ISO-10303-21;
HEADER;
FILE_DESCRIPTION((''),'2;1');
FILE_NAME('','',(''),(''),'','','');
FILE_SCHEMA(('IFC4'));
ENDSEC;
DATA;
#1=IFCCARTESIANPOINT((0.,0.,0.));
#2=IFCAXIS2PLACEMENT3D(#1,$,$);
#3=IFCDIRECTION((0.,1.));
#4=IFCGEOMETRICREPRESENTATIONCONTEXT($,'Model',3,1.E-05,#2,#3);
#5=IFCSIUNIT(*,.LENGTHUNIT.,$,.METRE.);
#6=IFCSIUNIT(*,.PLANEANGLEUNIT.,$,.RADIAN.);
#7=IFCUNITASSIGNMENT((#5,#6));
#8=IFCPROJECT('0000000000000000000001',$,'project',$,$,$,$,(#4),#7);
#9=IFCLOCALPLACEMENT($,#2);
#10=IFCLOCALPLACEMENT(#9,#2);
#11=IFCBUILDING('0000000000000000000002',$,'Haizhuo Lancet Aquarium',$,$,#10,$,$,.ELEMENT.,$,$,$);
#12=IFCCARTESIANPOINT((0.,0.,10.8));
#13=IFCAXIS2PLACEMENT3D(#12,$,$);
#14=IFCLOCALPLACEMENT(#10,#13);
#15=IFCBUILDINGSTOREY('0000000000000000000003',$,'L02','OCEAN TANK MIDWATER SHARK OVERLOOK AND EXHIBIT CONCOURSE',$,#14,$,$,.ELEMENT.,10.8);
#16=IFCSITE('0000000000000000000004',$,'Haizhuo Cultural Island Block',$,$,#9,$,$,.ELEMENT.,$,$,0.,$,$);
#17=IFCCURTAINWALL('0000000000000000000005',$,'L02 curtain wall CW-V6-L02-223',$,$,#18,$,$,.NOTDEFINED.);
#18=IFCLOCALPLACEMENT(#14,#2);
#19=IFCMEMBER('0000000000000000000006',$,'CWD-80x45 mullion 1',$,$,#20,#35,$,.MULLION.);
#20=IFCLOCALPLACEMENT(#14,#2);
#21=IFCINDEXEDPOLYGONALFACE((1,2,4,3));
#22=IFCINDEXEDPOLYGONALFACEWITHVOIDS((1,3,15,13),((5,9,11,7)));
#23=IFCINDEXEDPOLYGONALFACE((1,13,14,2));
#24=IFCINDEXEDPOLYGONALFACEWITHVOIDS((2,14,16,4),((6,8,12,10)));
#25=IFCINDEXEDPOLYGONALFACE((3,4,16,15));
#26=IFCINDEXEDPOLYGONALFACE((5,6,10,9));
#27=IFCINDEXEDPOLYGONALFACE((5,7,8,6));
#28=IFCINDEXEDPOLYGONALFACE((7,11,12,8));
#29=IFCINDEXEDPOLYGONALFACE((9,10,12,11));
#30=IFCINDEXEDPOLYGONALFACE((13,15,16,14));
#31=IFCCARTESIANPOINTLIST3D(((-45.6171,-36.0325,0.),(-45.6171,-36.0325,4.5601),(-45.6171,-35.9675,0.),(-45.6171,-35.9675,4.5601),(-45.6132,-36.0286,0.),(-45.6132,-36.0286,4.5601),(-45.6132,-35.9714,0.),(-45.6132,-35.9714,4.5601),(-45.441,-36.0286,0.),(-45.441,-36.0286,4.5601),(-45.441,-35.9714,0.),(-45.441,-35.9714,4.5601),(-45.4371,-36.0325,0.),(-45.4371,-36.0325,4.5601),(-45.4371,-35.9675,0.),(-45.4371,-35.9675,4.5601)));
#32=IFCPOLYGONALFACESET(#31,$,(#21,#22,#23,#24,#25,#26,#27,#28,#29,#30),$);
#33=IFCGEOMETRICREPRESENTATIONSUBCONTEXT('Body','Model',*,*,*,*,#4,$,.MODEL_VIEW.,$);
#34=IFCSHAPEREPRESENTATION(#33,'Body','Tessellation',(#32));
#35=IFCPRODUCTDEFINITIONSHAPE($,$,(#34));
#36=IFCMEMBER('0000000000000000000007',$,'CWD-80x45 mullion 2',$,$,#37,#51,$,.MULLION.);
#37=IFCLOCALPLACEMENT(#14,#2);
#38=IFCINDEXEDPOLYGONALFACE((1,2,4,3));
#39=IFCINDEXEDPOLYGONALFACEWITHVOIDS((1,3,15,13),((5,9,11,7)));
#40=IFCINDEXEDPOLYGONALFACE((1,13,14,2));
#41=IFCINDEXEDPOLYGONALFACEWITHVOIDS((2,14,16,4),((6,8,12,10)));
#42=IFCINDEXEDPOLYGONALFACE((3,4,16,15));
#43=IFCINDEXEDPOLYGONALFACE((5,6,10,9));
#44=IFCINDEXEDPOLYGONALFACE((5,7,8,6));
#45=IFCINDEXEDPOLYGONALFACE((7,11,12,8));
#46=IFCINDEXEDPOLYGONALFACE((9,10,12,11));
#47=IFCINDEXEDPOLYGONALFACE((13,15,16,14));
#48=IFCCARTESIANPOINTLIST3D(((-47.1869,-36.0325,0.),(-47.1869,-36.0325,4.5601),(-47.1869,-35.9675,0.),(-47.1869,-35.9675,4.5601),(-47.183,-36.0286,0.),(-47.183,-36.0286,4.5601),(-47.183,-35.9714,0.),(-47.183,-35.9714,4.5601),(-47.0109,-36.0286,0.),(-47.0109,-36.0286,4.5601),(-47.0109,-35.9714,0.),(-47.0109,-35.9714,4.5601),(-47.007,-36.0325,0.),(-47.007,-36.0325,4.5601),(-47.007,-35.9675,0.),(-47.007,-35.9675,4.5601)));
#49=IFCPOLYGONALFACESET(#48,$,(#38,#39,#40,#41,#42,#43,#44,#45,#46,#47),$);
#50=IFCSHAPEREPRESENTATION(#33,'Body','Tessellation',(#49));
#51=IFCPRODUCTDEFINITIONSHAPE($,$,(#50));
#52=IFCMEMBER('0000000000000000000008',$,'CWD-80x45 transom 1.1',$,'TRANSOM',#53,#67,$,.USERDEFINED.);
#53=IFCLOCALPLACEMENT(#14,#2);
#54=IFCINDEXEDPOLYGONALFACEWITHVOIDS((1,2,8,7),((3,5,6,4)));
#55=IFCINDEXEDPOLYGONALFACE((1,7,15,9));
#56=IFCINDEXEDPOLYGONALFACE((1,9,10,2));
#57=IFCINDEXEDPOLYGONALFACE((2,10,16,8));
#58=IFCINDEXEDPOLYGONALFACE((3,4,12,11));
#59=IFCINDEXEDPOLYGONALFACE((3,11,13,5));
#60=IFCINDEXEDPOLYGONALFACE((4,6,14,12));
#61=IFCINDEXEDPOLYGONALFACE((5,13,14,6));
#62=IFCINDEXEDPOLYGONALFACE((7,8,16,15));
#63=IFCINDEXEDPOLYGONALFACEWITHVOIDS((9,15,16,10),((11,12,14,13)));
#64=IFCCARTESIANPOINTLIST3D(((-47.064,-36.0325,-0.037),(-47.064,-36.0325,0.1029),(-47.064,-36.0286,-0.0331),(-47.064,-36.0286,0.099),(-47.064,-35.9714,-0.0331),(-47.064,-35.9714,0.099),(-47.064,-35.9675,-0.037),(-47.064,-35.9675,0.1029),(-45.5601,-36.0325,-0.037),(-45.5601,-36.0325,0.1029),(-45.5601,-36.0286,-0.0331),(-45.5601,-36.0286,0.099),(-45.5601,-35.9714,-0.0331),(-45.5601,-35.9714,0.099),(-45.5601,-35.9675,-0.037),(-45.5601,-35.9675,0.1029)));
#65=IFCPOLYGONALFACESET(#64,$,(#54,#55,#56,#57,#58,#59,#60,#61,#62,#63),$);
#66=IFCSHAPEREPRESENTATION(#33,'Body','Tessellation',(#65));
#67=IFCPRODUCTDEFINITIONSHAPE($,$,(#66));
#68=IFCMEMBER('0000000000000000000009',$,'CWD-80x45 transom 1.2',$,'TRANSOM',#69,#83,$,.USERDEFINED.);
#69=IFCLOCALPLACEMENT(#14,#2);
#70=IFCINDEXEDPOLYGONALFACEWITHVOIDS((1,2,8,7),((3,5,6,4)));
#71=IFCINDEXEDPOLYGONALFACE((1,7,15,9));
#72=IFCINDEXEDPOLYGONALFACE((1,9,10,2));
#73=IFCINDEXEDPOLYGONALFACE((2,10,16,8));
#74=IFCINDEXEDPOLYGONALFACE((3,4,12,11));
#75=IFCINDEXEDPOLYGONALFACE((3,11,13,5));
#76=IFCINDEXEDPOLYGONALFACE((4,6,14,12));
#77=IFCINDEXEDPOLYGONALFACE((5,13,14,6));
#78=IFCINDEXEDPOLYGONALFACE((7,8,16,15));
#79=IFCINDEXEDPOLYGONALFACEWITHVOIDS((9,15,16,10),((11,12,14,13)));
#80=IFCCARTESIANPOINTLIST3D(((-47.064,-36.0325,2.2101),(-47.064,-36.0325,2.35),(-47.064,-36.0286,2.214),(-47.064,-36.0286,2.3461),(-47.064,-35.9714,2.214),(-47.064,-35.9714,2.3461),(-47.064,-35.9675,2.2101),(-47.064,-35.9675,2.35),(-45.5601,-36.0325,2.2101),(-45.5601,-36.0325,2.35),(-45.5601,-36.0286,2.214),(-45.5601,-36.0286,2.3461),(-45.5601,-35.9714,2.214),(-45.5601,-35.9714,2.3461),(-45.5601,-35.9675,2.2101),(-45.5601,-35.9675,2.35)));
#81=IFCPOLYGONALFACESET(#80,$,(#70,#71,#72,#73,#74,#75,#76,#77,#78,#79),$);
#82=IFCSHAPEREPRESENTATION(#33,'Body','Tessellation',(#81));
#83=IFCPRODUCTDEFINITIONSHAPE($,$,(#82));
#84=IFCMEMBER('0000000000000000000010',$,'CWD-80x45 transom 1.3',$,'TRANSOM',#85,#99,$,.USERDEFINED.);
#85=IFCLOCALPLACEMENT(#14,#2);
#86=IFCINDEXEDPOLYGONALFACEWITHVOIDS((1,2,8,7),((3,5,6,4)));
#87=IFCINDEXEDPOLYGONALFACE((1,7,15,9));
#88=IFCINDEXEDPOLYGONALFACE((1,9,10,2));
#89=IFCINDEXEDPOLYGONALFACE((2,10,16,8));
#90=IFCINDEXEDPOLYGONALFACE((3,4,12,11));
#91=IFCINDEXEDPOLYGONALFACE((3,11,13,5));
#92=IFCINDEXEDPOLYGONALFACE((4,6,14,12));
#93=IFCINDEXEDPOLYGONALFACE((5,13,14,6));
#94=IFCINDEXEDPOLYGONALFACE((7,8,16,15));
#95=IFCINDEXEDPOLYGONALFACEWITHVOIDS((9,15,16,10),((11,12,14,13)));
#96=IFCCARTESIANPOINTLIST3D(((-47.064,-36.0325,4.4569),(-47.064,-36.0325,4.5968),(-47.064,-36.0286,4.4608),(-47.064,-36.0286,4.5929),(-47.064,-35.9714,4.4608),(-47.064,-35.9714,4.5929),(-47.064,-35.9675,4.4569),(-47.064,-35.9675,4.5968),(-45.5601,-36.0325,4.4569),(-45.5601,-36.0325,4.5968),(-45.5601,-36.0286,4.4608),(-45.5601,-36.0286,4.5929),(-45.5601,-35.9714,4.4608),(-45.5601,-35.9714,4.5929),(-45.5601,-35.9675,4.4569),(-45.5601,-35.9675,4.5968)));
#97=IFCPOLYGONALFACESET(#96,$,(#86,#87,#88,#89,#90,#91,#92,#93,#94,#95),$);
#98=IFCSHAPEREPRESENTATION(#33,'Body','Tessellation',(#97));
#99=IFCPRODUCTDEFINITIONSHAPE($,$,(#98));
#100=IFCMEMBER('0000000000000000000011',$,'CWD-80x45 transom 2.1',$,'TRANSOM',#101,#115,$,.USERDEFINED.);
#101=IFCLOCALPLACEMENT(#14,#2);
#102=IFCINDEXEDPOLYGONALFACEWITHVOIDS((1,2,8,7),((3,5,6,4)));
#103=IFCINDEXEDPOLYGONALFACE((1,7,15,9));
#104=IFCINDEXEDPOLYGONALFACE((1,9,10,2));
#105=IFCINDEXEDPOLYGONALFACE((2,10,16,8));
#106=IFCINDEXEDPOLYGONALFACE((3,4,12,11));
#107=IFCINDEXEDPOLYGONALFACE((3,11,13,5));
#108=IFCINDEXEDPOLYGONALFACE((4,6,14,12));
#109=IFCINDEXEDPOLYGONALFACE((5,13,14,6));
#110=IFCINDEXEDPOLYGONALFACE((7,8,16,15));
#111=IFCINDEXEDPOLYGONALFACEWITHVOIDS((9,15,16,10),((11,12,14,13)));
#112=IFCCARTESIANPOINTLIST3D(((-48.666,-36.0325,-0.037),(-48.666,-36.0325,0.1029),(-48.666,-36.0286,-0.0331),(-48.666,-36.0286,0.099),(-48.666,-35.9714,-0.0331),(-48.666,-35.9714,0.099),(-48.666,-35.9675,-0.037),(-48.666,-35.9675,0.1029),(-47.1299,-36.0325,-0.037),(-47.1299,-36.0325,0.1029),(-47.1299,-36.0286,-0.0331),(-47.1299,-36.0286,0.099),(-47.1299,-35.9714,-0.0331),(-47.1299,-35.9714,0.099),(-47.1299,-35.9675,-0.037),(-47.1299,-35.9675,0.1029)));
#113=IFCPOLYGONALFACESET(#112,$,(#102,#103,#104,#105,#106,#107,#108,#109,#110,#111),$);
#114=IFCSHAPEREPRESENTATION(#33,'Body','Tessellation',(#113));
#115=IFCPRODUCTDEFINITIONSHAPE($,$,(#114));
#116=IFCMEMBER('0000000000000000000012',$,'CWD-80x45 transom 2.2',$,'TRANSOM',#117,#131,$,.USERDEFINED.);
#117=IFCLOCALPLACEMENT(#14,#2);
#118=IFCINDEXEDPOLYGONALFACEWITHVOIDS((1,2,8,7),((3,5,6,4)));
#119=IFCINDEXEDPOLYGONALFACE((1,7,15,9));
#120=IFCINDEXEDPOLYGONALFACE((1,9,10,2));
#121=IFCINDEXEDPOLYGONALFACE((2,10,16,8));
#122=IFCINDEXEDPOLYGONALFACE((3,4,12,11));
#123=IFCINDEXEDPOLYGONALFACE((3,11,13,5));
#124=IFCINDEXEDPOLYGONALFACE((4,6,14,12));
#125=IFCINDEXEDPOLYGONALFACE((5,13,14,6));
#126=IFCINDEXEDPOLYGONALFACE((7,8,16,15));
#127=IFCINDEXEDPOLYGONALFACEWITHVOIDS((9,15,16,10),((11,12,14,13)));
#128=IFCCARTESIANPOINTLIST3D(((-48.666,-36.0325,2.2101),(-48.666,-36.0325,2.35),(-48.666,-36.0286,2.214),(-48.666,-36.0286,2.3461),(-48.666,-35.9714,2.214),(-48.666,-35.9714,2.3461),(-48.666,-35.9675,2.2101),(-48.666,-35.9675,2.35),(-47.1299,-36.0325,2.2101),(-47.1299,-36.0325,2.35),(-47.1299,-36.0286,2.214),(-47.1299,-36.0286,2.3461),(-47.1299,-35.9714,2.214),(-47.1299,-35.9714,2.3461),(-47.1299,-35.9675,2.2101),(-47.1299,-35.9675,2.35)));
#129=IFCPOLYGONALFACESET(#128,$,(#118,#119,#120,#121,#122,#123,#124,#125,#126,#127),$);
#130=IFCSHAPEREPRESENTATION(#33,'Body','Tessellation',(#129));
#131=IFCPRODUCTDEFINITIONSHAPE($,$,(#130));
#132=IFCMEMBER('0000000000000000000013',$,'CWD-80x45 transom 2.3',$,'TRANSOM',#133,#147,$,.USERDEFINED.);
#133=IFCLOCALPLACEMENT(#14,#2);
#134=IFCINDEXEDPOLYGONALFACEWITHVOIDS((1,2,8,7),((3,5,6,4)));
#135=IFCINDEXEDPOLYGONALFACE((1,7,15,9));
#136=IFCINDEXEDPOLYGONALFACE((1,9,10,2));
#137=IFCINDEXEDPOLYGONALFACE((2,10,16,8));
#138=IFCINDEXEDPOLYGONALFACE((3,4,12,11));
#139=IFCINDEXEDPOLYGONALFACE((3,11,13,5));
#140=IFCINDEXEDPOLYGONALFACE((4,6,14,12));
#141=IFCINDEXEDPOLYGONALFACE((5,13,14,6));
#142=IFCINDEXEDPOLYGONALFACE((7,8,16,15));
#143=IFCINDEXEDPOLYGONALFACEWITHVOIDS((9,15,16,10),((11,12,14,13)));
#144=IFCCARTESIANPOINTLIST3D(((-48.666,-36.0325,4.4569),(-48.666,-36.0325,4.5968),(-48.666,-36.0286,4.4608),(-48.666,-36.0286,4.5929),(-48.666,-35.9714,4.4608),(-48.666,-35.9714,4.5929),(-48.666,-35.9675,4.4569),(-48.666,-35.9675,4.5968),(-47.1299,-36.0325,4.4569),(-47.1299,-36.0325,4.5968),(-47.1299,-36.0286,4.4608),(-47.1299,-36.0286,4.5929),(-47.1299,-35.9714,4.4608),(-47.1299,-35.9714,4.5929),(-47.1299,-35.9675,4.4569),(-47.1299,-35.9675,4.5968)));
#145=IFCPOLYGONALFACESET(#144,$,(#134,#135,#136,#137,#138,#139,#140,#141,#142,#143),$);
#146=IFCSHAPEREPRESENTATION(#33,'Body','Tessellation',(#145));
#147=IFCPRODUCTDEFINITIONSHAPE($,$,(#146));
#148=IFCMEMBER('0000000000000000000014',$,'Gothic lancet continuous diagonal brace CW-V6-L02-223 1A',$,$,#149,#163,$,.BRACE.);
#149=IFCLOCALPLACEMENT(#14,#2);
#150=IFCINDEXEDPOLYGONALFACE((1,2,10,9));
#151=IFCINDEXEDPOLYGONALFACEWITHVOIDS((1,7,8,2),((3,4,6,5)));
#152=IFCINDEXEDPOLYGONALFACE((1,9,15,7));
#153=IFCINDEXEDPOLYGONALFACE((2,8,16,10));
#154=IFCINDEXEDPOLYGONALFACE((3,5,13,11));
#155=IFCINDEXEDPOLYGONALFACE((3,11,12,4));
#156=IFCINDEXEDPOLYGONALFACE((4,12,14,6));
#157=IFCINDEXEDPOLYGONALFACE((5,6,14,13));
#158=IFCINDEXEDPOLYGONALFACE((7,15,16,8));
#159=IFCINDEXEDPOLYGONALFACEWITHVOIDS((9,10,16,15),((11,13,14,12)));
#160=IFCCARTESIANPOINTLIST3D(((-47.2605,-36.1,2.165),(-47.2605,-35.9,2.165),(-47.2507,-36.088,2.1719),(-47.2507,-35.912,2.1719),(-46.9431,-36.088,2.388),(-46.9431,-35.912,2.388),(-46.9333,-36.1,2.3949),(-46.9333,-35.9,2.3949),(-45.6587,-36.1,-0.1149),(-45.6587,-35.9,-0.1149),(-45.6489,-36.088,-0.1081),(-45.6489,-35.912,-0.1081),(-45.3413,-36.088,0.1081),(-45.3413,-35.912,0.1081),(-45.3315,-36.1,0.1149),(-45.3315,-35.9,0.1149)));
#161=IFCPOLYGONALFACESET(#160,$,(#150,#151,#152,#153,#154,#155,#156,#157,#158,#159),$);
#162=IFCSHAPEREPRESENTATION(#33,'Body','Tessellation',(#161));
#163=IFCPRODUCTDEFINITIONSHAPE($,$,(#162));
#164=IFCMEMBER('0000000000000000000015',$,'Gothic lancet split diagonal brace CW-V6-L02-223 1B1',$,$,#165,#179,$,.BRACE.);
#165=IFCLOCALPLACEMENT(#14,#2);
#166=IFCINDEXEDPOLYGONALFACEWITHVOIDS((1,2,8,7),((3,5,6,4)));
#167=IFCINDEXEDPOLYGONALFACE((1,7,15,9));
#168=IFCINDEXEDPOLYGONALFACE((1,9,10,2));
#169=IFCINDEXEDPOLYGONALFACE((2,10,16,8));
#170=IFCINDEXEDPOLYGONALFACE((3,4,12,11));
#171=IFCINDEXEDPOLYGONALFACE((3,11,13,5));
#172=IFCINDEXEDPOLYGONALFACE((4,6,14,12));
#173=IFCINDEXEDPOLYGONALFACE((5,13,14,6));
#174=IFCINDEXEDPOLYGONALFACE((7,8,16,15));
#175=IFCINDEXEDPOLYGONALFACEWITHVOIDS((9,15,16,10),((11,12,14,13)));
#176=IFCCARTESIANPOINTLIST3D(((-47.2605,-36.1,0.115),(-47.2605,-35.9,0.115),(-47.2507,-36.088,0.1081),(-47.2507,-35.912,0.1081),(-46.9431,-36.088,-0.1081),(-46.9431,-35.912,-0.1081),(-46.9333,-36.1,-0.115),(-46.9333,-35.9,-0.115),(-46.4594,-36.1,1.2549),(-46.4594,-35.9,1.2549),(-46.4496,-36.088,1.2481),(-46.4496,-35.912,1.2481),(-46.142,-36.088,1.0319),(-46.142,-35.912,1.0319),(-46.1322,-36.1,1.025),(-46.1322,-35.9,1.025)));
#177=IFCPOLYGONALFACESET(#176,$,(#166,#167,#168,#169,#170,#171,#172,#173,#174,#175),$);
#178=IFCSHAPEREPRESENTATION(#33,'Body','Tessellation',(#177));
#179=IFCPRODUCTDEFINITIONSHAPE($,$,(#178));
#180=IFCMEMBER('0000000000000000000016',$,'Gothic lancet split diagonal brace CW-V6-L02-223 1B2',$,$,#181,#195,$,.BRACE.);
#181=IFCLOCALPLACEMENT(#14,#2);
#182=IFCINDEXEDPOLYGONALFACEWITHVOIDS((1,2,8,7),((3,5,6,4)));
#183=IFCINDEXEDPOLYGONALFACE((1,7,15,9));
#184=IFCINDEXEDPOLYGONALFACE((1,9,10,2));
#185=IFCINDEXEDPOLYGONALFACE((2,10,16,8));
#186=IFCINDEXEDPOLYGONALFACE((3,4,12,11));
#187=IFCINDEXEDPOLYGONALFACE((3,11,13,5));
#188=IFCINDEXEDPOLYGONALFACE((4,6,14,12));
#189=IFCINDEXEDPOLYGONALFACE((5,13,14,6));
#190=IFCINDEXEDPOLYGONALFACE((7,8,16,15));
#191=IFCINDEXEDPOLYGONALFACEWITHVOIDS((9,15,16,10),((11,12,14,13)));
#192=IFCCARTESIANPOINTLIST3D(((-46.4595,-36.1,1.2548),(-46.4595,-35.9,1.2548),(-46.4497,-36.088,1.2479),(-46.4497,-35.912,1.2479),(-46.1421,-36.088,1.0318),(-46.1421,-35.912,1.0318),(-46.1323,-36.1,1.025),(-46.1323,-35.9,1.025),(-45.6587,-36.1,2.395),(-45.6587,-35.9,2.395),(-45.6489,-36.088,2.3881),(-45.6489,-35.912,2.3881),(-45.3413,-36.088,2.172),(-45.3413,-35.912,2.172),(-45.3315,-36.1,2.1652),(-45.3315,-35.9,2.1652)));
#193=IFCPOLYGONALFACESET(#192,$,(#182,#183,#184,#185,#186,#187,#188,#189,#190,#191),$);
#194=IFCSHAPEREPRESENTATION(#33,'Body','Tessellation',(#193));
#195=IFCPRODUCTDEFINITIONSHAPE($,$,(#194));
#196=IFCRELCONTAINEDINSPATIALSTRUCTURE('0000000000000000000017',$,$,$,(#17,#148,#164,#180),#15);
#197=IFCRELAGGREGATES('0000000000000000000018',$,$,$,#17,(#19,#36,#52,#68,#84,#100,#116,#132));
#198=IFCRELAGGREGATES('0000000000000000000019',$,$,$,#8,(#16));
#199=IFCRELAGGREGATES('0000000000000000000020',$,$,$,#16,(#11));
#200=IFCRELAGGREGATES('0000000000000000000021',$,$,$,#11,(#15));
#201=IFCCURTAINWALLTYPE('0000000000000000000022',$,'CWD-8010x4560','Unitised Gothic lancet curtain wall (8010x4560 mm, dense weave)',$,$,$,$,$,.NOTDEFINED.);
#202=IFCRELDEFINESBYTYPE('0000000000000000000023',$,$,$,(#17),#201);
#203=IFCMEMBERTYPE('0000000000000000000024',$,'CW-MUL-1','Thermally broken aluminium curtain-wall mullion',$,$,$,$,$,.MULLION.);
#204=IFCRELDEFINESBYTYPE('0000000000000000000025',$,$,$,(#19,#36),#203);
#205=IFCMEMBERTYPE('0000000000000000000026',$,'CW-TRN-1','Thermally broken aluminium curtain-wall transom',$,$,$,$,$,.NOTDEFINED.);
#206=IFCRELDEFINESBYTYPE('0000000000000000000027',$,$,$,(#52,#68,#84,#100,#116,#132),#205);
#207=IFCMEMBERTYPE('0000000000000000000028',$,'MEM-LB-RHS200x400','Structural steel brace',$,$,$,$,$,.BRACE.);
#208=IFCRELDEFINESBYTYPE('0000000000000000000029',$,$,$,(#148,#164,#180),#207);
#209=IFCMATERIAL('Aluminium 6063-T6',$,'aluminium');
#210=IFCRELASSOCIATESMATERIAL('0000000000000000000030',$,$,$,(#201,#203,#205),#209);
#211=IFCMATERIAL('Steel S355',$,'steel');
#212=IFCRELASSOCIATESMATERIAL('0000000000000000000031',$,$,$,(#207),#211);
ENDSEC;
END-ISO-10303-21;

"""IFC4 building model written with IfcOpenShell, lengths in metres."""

from ifc_helpers import new_model, si_unit, direction, frame, origin, origin_2d, place, context, subcontext, project, spatial, hollow_rectangle, extrude, material, material_profile, profile_set, type_object, element, aggregate, save


model = new_model("IFC4")

# Units and contexts
model_context = context("Model", 3, precision=1e-05, world=origin(), true_north=direction((0.0, 1.0)))
body_context = subcontext(model_context, "Body", "Model", "MODEL_VIEW")
ifc_project = project(units=[si_unit("LENGTHUNIT", "METRE"), si_unit("PLANEANGLEUNIT", "RADIAN")], contexts=[model_context])

# Site, building, storey
site_placement = place(None, origin())
site = spatial("IfcSite", under=ifc_project, at=site_placement, Name="Haizhuo Cultural Island Block", CompositionType="ELEMENT", RefElevation=0.0)
building_placement = place(site_placement, origin())
building = spatial("IfcBuilding", under=site, at=building_placement, Name="Haizhuo Lancet Aquarium", CompositionType="ELEMENT")
storey_placement = place(building_placement, frame((0.0, 0.0, 10.8)))
storey = spatial("IfcBuildingStorey", under=building, at=storey_placement, Name="L02", Description="OCEAN TANK MIDWATER SHARK OVERLOOK AND EXHIBIT CONCOURSE", CompositionType="ELEMENT", Elevation=10.8)

# Curtain wall, members
ifc_material_1 = material(Name="Aluminium 6063-T6", Category="aluminium")
curtain_wall_type = type_object("IfcCurtainWallType", Name="CWD-8010x4560", Description="Unitised Gothic lancet curtain wall (8010x4560 mm, dense weave)", PredefinedType="NOTDEFINED", material=ifc_material_1)
curtain_wall_placement = place(storey_placement, origin())
curtain_wall = element("IfcCurtainWall", 1, at=curtain_wall_placement, inside=storey, type_object=curtain_wall_type, Name="L02 curtain wall CW-V6-L02-223", PredefinedType="NOTDEFINED")
ifc_material_profile_1 = material_profile(ifc_material_1, hollow_rectangle(XDim=0.0649, YDim=0.1799, WallThickness=0.0039, at=origin_2d()), Name="ALU-M 65x180x4")
ifc_profile_set_1 = profile_set([ifc_material_profile_1], Name="Aluminium 6063-T6")
member_type_1 = type_object("IfcMemberType", Name="CW-MUL-1", Description="Thermally broken aluminium curtain-wall mullion", PredefinedType="MULLION", material=ifc_profile_set_1)
member_1_placement = place(storey_placement, frame((-45.5271, -36.0, 0.0), z_axis=(0.0, 0.0, 1.0), x_axis=(0.0, -1.0, 0.0)))
member_1 = element("IfcMember", 2, at=member_1_placement, type_object=member_type_1, Name="CWD-80x45 mullion 1", PredefinedType="MULLION", context=body_context, shape_type="SweptSolid", body=[
    extrude(hollow_rectangle(XDim=0.0649, YDim=0.1799, WallThickness=0.0039, at=origin_2d()), origin(), (0.0, 0.0, 1.0), 4.5601),
])
member_2_placement = place(storey_placement, frame((-47.0969, -36.0, 0.0), z_axis=(0.0, 0.0, 1.0), x_axis=(0.0, -1.0, 0.0)))
member_2 = element("IfcMember", 3, at=member_2_placement, type_object=member_type_1, Name="CWD-80x45 mullion 2", PredefinedType="MULLION", context=body_context, shape_type="SweptSolid", body=[
    extrude(hollow_rectangle(XDim=0.0649, YDim=0.1799, WallThickness=0.0039, at=origin_2d()), origin(), (0.0, 0.0, 1.0), 4.5601),
])
ifc_material_profile_2 = material_profile(ifc_material_1, hollow_rectangle(XDim=0.0649, YDim=0.1399, WallThickness=0.0039, at=origin_2d()), Name="ALU-T 65x140x4")
ifc_profile_set_2 = profile_set([ifc_material_profile_2], Name="Aluminium 6063-T6")
member_type_2 = type_object("IfcMemberType", Name="CW-TRN-1", Description="Thermally broken aluminium curtain-wall transom", PredefinedType="NOTDEFINED", material=ifc_profile_set_2)
member_3_placement = place(storey_placement, frame((-45.5601, -36.0, 0.033), z_axis=(-1.0, 0.0, 0.0), x_axis=(0.0, -1.0, 0.0)))
member_3 = element("IfcMember", 4, at=member_3_placement, type_object=member_type_2, Name="CWD-80x45 transom 1.1", ObjectType="TRANSOM", PredefinedType="USERDEFINED", context=body_context, shape_type="SweptSolid", body=[
    extrude(hollow_rectangle(XDim=0.0649, YDim=0.1399, WallThickness=0.0039, at=origin_2d()), origin(), (0.0, 0.0, 1.0), 1.5039),
])
member_4_placement = place(storey_placement, frame((-45.5601, -36.0, 2.28), z_axis=(-1.0, 0.0, 0.0), x_axis=(0.0, -1.0, 0.0)))
member_4 = element("IfcMember", 5, at=member_4_placement, type_object=member_type_2, Name="CWD-80x45 transom 1.2", ObjectType="TRANSOM", PredefinedType="USERDEFINED", context=body_context, shape_type="SweptSolid", body=[
    extrude(hollow_rectangle(XDim=0.0649, YDim=0.1399, WallThickness=0.0039, at=origin_2d()), origin(), (0.0, 0.0, 1.0), 1.5039),
])
member_5_placement = place(storey_placement, frame((-45.5601, -36.0, 4.5269), z_axis=(-1.0, 0.0, 0.0), x_axis=(0.0, -1.0, 0.0)))
member_5 = element("IfcMember", 6, at=member_5_placement, type_object=member_type_2, Name="CWD-80x45 transom 1.3", ObjectType="TRANSOM", PredefinedType="USERDEFINED", context=body_context, shape_type="SweptSolid", body=[
    extrude(hollow_rectangle(XDim=0.0649, YDim=0.1399, WallThickness=0.0039, at=origin_2d()), origin(), (0.0, 0.0, 1.0), 1.5039),
])
member_6_placement = place(storey_placement, frame((-47.1299, -36.0, 0.033), z_axis=(-1.0, 0.0, 0.0), x_axis=(0.0, -1.0, 0.0)))
member_6 = element("IfcMember", 7, at=member_6_placement, type_object=member_type_2, Name="CWD-80x45 transom 2.1", ObjectType="TRANSOM", PredefinedType="USERDEFINED", context=body_context, shape_type="SweptSolid", body=[
    extrude(hollow_rectangle(XDim=0.0649, YDim=0.1399, WallThickness=0.0039, at=origin_2d()), origin(), (0.0, 0.0, 1.0), 1.5361),
])
member_7_placement = place(storey_placement, frame((-47.1299, -36.0, 2.28), z_axis=(-1.0, 0.0, 0.0), x_axis=(0.0, -1.0, 0.0)))
member_7 = element("IfcMember", 8, at=member_7_placement, type_object=member_type_2, Name="CWD-80x45 transom 2.2", ObjectType="TRANSOM", PredefinedType="USERDEFINED", context=body_context, shape_type="SweptSolid", body=[
    extrude(hollow_rectangle(XDim=0.0649, YDim=0.1399, WallThickness=0.0039, at=origin_2d()), origin(), (0.0, 0.0, 1.0), 1.5361),
])
member_8_placement = place(storey_placement, frame((-47.1299, -36.0, 4.5269), z_axis=(-1.0, 0.0, 0.0), x_axis=(0.0, -1.0, 0.0)))
member_8 = element("IfcMember", 9, at=member_8_placement, type_object=member_type_2, Name="CWD-80x45 transom 2.3", ObjectType="TRANSOM", PredefinedType="USERDEFINED", context=body_context, shape_type="SweptSolid", body=[
    extrude(hollow_rectangle(XDim=0.0649, YDim=0.1399, WallThickness=0.0039, at=origin_2d()), origin(), (0.0, 0.0, 1.0), 1.5361),
])

# Members
ifc_material_2 = material(Name="Steel S355", Category="steel")
ifc_material_profile_3 = material_profile(ifc_material_2, hollow_rectangle(XDim=0.2, YDim=0.3999, WallThickness=0.012, at=origin_2d()), Name="RHS 200x400x12")
ifc_profile_set_3 = profile_set([ifc_material_profile_3], Name="Steel S355")
member_type_3 = type_object("IfcMemberType", Name="MEM-LB-RHS200x400", Description="Structural steel brace", PredefinedType="BRACE", material=ifc_profile_set_3)
member_9_placement = place(storey_placement, frame((-45.4951, -36.0, 0.0), z_axis=(-0.574855, 0.0, 0.818255), x_axis=(0.0, -1.0, 0.0)))
element("IfcMember", 10, at=member_9_placement, inside=storey, type_object=member_type_3, Name="Gothic lancet continuous diagonal brace CW-V6-L02-223 1A", PredefinedType="BRACE", context=body_context, shape_type="SweptSolid", body=[
    extrude(hollow_rectangle(XDim=0.2, YDim=0.3999, WallThickness=0.012, at=origin_2d()), origin(), (0.0, 0.0, 1.0), 2.7864),
])
for number, where, z_axis, x_axis, name in (
    (11, (-47.0969, -36.0, 0.0), (0.574955, 0.0, 0.818185), (0.0, 1.0, 0.0), "Gothic lancet split diagonal brace CW-V6-L02-223 1B1"),
    (12, (-46.2959, -36.0, 1.1399), (0.574755, 0.0, 0.818325), (0.0, 1.0, 0.0), "Gothic lancet split diagonal brace CW-V6-L02-223 1B2"),
):
    element("IfcMember", number, at=place(storey_placement, frame(where, z_axis=z_axis, x_axis=x_axis)), inside=storey, type_object=member_type_3, Name=name, PredefinedType="BRACE", context=body_context, shape_type="SweptSolid", body=[
        extrude(hollow_rectangle(XDim=0.2, YDim=0.3999, WallThickness=0.012, at=origin_2d()), origin(), (0.0, 0.0, 1.0), 1.3933),
    ])

aggregate(curtain_wall, [member_1, member_2, member_3, member_4, member_5, member_6, member_7, member_8])

save(model, "model.ifc")
